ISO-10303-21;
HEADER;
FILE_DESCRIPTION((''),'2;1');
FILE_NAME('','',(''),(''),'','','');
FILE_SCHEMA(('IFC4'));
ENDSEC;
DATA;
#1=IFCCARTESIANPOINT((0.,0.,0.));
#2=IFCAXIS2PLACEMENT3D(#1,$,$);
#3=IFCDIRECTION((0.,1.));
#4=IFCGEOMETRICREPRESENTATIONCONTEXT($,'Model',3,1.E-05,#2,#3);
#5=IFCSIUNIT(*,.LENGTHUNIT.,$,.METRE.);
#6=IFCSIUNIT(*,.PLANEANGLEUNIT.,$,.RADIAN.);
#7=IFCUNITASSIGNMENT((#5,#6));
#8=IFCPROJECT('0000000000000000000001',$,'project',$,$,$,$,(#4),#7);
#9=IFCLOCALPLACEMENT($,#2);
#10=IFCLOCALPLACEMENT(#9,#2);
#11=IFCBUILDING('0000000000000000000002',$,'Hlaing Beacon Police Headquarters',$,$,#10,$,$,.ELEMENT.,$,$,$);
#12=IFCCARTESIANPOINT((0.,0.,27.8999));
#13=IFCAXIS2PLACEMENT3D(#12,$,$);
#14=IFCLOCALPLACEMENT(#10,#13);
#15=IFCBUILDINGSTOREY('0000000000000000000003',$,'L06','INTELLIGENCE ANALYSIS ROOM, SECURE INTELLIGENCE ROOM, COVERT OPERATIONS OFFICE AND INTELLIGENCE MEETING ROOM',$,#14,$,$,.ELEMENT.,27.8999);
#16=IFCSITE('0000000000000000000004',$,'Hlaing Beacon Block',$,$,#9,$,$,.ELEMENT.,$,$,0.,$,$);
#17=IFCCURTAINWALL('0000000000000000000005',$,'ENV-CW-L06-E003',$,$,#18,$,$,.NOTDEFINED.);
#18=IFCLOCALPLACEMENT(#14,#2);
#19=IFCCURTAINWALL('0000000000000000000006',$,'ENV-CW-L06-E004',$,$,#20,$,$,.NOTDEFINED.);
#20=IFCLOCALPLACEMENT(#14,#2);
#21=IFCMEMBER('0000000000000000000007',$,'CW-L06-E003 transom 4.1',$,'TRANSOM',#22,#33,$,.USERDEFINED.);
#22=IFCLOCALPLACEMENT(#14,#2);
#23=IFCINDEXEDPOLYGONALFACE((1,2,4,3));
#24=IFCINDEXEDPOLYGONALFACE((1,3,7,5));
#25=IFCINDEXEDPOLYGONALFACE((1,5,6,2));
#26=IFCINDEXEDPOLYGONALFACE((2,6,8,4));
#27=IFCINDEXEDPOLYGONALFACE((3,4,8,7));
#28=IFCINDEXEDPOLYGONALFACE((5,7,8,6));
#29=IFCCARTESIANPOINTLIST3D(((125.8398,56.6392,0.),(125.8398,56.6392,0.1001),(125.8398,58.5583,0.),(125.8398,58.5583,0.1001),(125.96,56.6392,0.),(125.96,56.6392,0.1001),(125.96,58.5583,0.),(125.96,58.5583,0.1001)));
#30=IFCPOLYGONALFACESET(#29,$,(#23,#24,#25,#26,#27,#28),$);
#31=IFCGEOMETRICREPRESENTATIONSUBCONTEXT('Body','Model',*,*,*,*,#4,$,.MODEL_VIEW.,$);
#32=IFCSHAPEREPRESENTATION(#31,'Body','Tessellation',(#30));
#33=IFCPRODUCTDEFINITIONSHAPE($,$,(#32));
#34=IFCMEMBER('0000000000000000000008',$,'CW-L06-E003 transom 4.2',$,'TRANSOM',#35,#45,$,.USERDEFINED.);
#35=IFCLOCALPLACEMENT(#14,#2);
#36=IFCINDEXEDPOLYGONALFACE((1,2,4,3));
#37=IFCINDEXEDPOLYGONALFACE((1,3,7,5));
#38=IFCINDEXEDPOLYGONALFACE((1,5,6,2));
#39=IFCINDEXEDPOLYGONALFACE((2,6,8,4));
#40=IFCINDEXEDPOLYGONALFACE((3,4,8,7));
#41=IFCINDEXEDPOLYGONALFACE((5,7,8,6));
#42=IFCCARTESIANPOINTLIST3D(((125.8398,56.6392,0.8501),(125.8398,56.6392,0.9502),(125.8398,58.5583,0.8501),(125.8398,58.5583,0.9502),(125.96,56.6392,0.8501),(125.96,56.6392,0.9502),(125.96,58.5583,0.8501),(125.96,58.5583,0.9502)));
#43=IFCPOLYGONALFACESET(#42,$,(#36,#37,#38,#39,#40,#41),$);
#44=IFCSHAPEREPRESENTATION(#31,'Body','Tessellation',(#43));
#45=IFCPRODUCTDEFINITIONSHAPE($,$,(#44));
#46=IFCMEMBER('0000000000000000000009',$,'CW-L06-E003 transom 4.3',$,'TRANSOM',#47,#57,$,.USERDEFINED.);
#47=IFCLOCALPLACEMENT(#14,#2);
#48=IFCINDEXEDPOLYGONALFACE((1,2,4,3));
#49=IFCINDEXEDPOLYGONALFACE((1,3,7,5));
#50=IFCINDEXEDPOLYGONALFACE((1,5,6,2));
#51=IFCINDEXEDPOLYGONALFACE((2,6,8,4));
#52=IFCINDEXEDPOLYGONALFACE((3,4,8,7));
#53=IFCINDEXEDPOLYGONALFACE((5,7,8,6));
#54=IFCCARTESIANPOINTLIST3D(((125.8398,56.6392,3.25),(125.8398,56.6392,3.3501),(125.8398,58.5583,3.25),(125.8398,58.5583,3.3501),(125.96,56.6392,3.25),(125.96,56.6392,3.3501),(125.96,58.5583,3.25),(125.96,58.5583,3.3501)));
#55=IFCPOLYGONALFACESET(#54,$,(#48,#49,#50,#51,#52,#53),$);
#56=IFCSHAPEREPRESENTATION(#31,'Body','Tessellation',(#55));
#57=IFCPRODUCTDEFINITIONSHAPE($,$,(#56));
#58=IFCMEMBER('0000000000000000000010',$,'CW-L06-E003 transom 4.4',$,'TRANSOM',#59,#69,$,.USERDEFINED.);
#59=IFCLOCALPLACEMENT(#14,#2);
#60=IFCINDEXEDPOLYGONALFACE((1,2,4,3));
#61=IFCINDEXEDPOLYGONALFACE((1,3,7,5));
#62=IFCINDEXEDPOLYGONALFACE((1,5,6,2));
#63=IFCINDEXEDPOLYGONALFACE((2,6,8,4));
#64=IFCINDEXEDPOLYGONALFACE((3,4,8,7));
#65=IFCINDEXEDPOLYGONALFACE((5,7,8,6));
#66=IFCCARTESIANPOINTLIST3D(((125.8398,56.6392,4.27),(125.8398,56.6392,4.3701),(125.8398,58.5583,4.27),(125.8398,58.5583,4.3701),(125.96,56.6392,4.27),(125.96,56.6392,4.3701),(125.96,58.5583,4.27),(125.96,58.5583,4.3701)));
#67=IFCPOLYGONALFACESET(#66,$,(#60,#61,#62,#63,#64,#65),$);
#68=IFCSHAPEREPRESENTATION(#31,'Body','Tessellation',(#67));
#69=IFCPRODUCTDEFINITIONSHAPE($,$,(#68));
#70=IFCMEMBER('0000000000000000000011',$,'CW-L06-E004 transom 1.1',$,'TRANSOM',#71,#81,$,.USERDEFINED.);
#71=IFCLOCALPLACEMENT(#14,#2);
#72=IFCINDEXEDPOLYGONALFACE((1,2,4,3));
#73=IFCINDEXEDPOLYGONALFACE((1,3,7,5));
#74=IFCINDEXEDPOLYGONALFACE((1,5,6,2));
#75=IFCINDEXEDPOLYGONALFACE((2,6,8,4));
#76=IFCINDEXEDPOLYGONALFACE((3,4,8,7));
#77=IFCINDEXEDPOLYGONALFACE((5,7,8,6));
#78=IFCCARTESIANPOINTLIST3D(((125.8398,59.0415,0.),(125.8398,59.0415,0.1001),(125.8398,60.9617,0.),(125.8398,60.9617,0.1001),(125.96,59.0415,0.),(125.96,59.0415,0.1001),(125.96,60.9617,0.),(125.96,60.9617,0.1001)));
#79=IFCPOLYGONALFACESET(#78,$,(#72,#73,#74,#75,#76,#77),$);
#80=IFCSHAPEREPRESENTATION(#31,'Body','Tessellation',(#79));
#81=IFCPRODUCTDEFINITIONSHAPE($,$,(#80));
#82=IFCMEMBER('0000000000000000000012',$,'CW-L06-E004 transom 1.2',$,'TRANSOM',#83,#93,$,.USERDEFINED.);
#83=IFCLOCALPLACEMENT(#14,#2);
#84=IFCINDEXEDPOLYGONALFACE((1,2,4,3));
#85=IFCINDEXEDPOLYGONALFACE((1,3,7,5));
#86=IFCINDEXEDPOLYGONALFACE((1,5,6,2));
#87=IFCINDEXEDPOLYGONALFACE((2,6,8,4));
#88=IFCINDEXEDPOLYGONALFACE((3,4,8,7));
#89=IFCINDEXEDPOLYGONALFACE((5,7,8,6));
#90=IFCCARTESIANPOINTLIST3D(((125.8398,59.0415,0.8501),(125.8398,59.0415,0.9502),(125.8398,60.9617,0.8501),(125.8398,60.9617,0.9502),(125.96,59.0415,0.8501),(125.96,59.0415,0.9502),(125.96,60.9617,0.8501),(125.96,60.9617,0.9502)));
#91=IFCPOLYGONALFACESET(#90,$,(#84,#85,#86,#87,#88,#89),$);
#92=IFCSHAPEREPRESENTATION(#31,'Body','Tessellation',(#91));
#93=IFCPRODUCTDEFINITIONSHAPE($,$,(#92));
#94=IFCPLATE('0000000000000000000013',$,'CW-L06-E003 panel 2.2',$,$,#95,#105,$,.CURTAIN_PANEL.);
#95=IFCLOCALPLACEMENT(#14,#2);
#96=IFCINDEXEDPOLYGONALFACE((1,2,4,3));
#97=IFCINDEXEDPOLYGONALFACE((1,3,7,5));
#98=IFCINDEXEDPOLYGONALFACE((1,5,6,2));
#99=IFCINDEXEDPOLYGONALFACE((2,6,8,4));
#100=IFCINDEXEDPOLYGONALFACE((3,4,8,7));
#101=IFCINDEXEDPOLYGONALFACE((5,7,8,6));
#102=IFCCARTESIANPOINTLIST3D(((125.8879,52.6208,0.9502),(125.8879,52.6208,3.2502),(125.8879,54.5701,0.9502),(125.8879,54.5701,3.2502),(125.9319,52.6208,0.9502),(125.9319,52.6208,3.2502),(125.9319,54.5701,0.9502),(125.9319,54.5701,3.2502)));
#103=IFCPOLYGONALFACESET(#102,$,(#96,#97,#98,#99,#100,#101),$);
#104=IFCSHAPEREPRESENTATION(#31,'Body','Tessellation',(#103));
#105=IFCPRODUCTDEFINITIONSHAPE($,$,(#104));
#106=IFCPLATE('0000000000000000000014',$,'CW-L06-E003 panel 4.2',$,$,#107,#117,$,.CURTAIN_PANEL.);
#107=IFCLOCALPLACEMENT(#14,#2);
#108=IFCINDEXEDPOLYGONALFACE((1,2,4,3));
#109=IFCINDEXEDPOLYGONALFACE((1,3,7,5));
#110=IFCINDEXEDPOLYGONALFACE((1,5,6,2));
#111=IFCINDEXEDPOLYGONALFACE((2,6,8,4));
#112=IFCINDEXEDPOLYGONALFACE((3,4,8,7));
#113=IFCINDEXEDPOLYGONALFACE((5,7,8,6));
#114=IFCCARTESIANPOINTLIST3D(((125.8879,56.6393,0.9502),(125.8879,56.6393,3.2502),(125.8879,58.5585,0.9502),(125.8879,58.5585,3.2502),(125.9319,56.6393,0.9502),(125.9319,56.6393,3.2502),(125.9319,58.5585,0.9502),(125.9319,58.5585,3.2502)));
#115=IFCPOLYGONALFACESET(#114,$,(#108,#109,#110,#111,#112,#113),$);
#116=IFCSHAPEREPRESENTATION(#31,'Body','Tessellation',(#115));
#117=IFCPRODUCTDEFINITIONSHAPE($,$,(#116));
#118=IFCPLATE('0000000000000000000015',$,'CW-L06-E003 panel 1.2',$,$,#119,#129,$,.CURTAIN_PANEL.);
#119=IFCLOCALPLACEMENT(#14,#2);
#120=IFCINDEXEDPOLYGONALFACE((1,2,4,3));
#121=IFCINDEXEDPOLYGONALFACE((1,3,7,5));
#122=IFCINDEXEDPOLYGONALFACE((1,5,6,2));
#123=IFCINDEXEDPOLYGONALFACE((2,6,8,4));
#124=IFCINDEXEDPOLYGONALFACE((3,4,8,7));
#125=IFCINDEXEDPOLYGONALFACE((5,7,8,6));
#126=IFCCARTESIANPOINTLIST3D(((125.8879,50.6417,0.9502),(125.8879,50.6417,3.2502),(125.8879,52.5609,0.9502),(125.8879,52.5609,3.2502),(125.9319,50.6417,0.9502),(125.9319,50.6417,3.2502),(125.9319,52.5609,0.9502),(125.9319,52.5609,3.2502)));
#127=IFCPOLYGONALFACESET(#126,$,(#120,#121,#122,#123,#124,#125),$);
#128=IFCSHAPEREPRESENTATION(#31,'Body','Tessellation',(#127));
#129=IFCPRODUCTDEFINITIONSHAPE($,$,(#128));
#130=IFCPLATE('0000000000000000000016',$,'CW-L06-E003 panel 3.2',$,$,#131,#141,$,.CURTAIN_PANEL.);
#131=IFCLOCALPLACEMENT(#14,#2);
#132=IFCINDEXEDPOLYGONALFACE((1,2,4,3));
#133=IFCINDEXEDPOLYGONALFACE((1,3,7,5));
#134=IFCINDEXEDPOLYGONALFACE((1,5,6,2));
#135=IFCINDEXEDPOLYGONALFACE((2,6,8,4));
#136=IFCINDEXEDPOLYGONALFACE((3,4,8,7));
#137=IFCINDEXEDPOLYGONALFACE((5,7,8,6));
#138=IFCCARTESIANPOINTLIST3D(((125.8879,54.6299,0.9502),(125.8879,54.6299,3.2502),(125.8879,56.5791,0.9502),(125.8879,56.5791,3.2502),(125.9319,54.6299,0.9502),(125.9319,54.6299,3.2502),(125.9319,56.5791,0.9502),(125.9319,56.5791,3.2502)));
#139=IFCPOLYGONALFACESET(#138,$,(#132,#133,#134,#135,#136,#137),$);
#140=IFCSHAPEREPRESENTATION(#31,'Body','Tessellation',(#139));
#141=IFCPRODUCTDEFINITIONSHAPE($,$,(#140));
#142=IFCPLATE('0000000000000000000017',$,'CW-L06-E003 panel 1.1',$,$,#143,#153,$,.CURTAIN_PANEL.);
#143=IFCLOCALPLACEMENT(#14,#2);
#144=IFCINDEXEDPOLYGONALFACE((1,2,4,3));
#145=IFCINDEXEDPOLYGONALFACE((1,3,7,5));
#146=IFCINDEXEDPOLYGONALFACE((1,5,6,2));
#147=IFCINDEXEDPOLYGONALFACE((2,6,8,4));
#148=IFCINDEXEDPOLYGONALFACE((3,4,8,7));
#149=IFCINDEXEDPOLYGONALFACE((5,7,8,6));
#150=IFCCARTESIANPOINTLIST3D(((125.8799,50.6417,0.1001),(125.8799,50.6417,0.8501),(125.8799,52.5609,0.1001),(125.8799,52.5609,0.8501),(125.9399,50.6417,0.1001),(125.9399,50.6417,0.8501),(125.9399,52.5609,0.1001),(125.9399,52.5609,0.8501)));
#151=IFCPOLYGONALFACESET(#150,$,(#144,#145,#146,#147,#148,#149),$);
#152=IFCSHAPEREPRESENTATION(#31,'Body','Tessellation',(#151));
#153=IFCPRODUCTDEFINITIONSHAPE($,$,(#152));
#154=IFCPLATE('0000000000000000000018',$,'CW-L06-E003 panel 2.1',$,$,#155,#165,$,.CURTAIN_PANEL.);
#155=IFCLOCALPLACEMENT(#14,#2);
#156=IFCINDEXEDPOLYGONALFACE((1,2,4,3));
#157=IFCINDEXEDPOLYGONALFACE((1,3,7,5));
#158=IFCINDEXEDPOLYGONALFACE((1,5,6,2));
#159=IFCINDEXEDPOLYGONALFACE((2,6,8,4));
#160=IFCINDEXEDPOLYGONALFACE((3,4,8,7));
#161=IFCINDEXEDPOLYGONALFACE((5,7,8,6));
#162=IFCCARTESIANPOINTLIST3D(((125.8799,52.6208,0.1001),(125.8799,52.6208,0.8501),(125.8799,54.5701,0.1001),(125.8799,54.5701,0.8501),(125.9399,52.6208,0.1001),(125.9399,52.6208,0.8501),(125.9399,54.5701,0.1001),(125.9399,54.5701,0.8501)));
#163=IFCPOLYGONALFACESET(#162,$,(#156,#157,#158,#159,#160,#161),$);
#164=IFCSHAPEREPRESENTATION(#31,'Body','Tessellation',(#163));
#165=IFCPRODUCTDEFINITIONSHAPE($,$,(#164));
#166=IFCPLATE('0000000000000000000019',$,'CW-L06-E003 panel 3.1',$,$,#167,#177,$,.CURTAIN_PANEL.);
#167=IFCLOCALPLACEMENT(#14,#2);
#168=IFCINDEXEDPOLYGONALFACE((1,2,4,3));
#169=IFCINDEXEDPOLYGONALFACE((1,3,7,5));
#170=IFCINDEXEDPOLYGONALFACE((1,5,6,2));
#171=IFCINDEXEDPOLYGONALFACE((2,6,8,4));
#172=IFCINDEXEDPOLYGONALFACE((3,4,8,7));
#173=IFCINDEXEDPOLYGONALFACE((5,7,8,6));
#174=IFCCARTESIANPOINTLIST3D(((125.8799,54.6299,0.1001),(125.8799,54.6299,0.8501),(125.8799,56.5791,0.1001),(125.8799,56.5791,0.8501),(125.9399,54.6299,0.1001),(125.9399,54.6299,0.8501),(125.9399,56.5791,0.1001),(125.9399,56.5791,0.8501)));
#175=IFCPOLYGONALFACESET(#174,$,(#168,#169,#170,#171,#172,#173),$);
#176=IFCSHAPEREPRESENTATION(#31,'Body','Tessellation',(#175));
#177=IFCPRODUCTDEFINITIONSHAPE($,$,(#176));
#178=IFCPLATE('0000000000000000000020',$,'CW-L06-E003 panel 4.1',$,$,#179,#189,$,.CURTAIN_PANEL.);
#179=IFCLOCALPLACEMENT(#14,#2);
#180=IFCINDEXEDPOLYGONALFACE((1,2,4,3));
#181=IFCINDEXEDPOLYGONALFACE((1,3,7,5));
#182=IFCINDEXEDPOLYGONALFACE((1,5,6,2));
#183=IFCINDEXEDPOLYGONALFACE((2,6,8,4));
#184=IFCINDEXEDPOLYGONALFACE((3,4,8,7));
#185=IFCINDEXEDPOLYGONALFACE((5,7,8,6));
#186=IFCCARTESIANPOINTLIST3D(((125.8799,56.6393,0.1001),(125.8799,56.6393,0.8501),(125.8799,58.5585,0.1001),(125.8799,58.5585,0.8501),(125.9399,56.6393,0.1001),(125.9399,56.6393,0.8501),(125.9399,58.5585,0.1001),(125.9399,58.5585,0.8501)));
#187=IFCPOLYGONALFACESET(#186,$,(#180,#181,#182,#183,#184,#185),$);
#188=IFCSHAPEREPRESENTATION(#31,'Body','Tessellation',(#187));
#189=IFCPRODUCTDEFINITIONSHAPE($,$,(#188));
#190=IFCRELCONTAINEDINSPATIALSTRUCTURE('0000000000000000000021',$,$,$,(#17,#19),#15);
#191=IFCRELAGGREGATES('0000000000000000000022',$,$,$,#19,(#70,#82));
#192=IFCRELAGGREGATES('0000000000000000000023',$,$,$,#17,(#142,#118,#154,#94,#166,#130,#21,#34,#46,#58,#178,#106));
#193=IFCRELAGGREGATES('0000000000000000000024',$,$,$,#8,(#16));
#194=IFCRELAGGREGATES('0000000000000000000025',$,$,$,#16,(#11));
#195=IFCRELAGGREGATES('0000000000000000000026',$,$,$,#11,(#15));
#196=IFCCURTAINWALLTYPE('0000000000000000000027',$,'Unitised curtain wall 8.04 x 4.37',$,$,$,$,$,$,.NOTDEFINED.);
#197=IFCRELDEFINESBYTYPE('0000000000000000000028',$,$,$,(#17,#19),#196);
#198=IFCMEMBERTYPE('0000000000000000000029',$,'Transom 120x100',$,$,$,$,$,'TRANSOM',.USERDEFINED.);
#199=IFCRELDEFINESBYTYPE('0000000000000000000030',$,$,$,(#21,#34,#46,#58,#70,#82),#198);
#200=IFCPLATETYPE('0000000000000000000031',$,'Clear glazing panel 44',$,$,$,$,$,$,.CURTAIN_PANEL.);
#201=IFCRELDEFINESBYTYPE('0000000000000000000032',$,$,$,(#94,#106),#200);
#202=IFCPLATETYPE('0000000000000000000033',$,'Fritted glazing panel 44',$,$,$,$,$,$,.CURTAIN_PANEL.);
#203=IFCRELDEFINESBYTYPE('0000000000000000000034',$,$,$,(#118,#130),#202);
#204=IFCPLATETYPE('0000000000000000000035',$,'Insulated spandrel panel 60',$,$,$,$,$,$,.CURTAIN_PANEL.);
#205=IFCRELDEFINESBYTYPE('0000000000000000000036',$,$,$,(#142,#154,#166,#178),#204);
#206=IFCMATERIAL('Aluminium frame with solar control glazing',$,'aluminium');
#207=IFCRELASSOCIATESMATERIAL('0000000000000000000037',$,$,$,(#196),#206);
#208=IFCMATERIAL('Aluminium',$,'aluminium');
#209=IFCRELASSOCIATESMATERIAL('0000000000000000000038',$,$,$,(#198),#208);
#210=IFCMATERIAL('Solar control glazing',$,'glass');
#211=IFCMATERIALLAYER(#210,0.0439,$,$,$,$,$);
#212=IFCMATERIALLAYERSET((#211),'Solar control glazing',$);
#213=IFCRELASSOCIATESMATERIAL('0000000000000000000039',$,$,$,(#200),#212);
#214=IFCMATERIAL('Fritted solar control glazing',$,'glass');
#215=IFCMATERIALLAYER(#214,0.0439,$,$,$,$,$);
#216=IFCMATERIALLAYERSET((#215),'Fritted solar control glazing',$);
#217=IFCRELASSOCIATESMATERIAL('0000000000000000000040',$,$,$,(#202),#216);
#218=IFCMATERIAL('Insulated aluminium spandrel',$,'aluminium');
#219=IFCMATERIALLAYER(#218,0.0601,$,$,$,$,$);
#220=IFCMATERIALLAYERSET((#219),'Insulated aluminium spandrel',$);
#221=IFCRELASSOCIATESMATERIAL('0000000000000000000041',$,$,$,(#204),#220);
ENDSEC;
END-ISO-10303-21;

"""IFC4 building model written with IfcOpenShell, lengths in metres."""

from ifc_helpers import new_model, si_unit, direction, frame, origin, origin_2d, place, context, subcontext, project, spatial, rectangle, extrude, material, layer, layer_set, material_profile, profile_set, type_object, element, aggregate, save


model = new_model("IFC4")

# Units and contexts
model_context = context("Model", 3, precision=1e-05, world=origin(), true_north=direction((0.0, 1.0)))
body_context = subcontext(model_context, "Body", "Model", "MODEL_VIEW")
ifc_project = project(units=[si_unit("LENGTHUNIT", "METRE"), si_unit("PLANEANGLEUNIT", "RADIAN")], contexts=[model_context])

# Site, building, storey
site_placement = place(None, origin())
site = spatial("IfcSite", under=ifc_project, at=site_placement, Name="Hlaing Beacon Block", CompositionType="ELEMENT", RefElevation=0.0)
building_placement = place(site_placement, origin())
building = spatial("IfcBuilding", under=site, at=building_placement, Name="Hlaing Beacon Police Headquarters", CompositionType="ELEMENT")
storey_placement = place(building_placement, frame((0.0, 0.0, 27.8999)))
storey = spatial("IfcBuildingStorey", under=building, at=storey_placement, Name="L06", Description="INTELLIGENCE ANALYSIS ROOM, SECURE INTELLIGENCE ROOM, COVERT OPERATIONS OFFICE AND INTELLIGENCE MEETING ROOM", CompositionType="ELEMENT", Elevation=27.8999)

# Curtain wall
ifc_material_1 = material(Name="Aluminium frame with solar control glazing", Category="aluminium")
curtain_wall_type = type_object("IfcCurtainWallType", Name="Unitised curtain wall 8.04 x 4.37", PredefinedType="NOTDEFINED", material=ifc_material_1)
curtain_wall_1_placement = place(storey_placement, origin())
curtain_wall_1 = element("IfcCurtainWall", 1, at=curtain_wall_1_placement, inside=storey, type_object=curtain_wall_type, Name="ENV-CW-L06-E003", PredefinedType="NOTDEFINED")

# Curtain wall
curtain_wall_2_placement = place(storey_placement, origin())
curtain_wall_2 = element("IfcCurtainWall", 2, at=curtain_wall_2_placement, inside=storey, type_object=curtain_wall_type, Name="ENV-CW-L06-E004", PredefinedType="NOTDEFINED")

# Members
ifc_material_2 = material(Name="Aluminium", Category="aluminium")
ifc_material_profile_1 = material_profile(ifc_material_2, rectangle(XDim=0.1201, YDim=0.1001, at=origin_2d()), Name="Transom 120x100")
ifc_profile_set_1 = profile_set([ifc_material_profile_1], Name="Aluminium")
member_type_1 = type_object("IfcMemberType", Name="Transom 120x100", ElementType="TRANSOM", PredefinedType="USERDEFINED", material=ifc_profile_set_1)
member_1_placement = place(storey_placement, frame((125.8999, 56.6392, 0.05), z_axis=(0.0, 1.0, 0.0), x_axis=(-1.0, 0.0, 0.0)))
member_1 = element("IfcMember", 3, at=member_1_placement, type_object=member_type_1, Name="CW-L06-E003 transom 4.1", ObjectType="TRANSOM", PredefinedType="USERDEFINED", context=body_context, shape_type="SweptSolid", body=[
    extrude(rectangle(XDim=0.1201, YDim=0.1001, at=origin_2d()), origin(), (0.0, 0.0, 1.0), 1.9192),
])
member_2_placement = place(storey_placement, frame((125.8999, 56.6392, 0.9001), z_axis=(0.0, 1.0, 0.0), x_axis=(-1.0, 0.0, 0.0)))
member_2 = element("IfcMember", 4, at=member_2_placement, type_object=member_type_1, Name="CW-L06-E003 transom 4.2", ObjectType="TRANSOM", PredefinedType="USERDEFINED", context=body_context, shape_type="SweptSolid", body=[
    extrude(rectangle(XDim=0.1201, YDim=0.1001, at=origin_2d()), origin(), (0.0, 0.0, 1.0), 1.9192),
])
member_3_placement = place(storey_placement, frame((125.8999, 56.6392, 3.3), z_axis=(0.0, 1.0, 0.0), x_axis=(-1.0, 0.0, 0.0)))
member_3 = element("IfcMember", 5, at=member_3_placement, type_object=member_type_1, Name="CW-L06-E003 transom 4.3", ObjectType="TRANSOM", PredefinedType="USERDEFINED", context=body_context, shape_type="SweptSolid", body=[
    extrude(rectangle(XDim=0.1201, YDim=0.1001, at=origin_2d()), origin(), (0.0, 0.0, 1.0), 1.9192),
])
member_4_placement = place(storey_placement, frame((125.8999, 56.6392, 4.3201), z_axis=(0.0, 1.0, 0.0), x_axis=(-1.0, 0.0, 0.0)))
member_4 = element("IfcMember", 6, at=member_4_placement, type_object=member_type_1, Name="CW-L06-E003 transom 4.4", ObjectType="TRANSOM", PredefinedType="USERDEFINED", context=body_context, shape_type="SweptSolid", body=[
    extrude(rectangle(XDim=0.1201, YDim=0.1001, at=origin_2d()), origin(), (0.0, 0.0, 1.0), 1.9192),
])
member_5_placement = place(storey_placement, frame((125.8999, 59.0415, 0.05), z_axis=(0.0, 1.0, 0.0), x_axis=(-1.0, 0.0, 0.0)))
member_5 = element("IfcMember", 7, at=member_5_placement, type_object=member_type_1, Name="CW-L06-E004 transom 1.1", ObjectType="TRANSOM", PredefinedType="USERDEFINED", context=body_context, shape_type="SweptSolid", body=[
    extrude(rectangle(XDim=0.1201, YDim=0.1001, at=origin_2d()), origin(), (0.0, 0.0, 1.0), 1.9202),
])
member_6_placement = place(storey_placement, frame((125.8999, 59.0415, 0.9001), z_axis=(0.0, 1.0, 0.0), x_axis=(-1.0, 0.0, 0.0)))
member_6 = element("IfcMember", 8, at=member_6_placement, type_object=member_type_1, Name="CW-L06-E004 transom 1.2", ObjectType="TRANSOM", PredefinedType="USERDEFINED", context=body_context, shape_type="SweptSolid", body=[
    extrude(rectangle(XDim=0.1201, YDim=0.1001, at=origin_2d()), origin(), (0.0, 0.0, 1.0), 1.9202),
])
aggregate(curtain_wall_2, [member_5, member_6])

# Plates
ifc_material_3 = material(Name="Solar control glazing", Category="glass")
ifc_layer_1 = layer(ifc_material_3, 0.0439)
ifc_layer_set_1 = layer_set([ifc_layer_1], Name="Solar control glazing")
plate_type_1 = type_object("IfcPlateType", Name="Clear glazing panel 44", PredefinedType="CURTAIN_PANEL", material=ifc_layer_set_1)
plate_1_placement = place(storey_placement, frame((125.9099, 53.5955, 0.9502), z_axis=(0.0, 0.0, 1.0), x_axis=(0.0, 1.0, 0.0)))
plate_1 = element("IfcPlate", 9, at=plate_1_placement, type_object=plate_type_1, Name="CW-L06-E003 panel 2.2", PredefinedType="CURTAIN_PANEL", context=body_context, shape_type="SweptSolid", body=[
    extrude(rectangle(XDim=1.9492, YDim=0.0439, at=origin_2d()), origin(), (0.0, 0.0, 1.0), 2.3),
])
plate_2_placement = place(storey_placement, frame((125.9099, 57.5989, 0.9502), z_axis=(0.0, 0.0, 1.0), x_axis=(0.0, 1.0, 0.0)))
plate_2 = element("IfcPlate", 10, at=plate_2_placement, type_object=plate_type_1, Name="CW-L06-E003 panel 4.2", PredefinedType="CURTAIN_PANEL", context=body_context, shape_type="SweptSolid", body=[
    extrude(rectangle(XDim=1.9192, YDim=0.0439, at=origin_2d()), origin(), (0.0, 0.0, 1.0), 2.3),
])
ifc_material_4 = material(Name="Fritted solar control glazing", Category="glass")
ifc_layer_2 = layer(ifc_material_4, 0.0439)
ifc_layer_set_2 = layer_set([ifc_layer_2], Name="Fritted solar control glazing")
plate_type_2 = type_object("IfcPlateType", Name="Fritted glazing panel 44", PredefinedType="CURTAIN_PANEL", material=ifc_layer_set_2)
plate_3_placement = place(storey_placement, frame((125.9099, 51.6013, 0.9502), z_axis=(0.0, 0.0, 1.0), x_axis=(0.0, 1.0, 0.0)))
plate_3 = element("IfcPlate", 11, at=plate_3_placement, type_object=plate_type_2, Name="CW-L06-E003 panel 1.2", PredefinedType="CURTAIN_PANEL", context=body_context, shape_type="SweptSolid", body=[
    extrude(rectangle(XDim=1.9192, YDim=0.0439, at=origin_2d()), origin(), (0.0, 0.0, 1.0), 2.3),
])
plate_4_placement = place(storey_placement, frame((125.9099, 55.6045, 0.9502), z_axis=(0.0, 0.0, 1.0), x_axis=(0.0, 1.0, 0.0)))
plate_4 = element("IfcPlate", 12, at=plate_4_placement, type_object=plate_type_2, Name="CW-L06-E003 panel 3.2", PredefinedType="CURTAIN_PANEL", context=body_context, shape_type="SweptSolid", body=[
    extrude(rectangle(XDim=1.9492, YDim=0.0439, at=origin_2d()), origin(), (0.0, 0.0, 1.0), 2.3),
])
ifc_material_5 = material(Name="Insulated aluminium spandrel", Category="aluminium")
ifc_layer_3 = layer(ifc_material_5, 0.0601)
ifc_layer_set_3 = layer_set([ifc_layer_3], Name="Insulated aluminium spandrel")
plate_type_3 = type_object("IfcPlateType", Name="Insulated spandrel panel 60", PredefinedType="CURTAIN_PANEL", material=ifc_layer_set_3)
plate_5_placement = place(storey_placement, frame((125.9099, 51.6013, 0.1001), z_axis=(0.0, 0.0, 1.0), x_axis=(0.0, 1.0, 0.0)))
plate_5 = element("IfcPlate", 13, at=plate_5_placement, type_object=plate_type_3, Name="CW-L06-E003 panel 1.1", PredefinedType="CURTAIN_PANEL", context=body_context, shape_type="SweptSolid", body=[
    extrude(rectangle(XDim=1.9192, YDim=0.0601, at=origin_2d()), origin(), (0.0, 0.0, 1.0), 0.75),
])
plate_6_placement = place(storey_placement, frame((125.9099, 53.5955, 0.1001), z_axis=(0.0, 0.0, 1.0), x_axis=(0.0, 1.0, 0.0)))
plate_6 = element("IfcPlate", 14, at=plate_6_placement, type_object=plate_type_3, Name="CW-L06-E003 panel 2.1", PredefinedType="CURTAIN_PANEL", context=body_context, shape_type="SweptSolid", body=[
    extrude(rectangle(XDim=1.9492, YDim=0.0601, at=origin_2d()), origin(), (0.0, 0.0, 1.0), 0.75),
])
plate_7_placement = place(storey_placement, frame((125.9099, 55.6045, 0.1001), z_axis=(0.0, 0.0, 1.0), x_axis=(0.0, 1.0, 0.0)))
plate_7 = element("IfcPlate", 15, at=plate_7_placement, type_object=plate_type_3, Name="CW-L06-E003 panel 3.1", PredefinedType="CURTAIN_PANEL", context=body_context, shape_type="SweptSolid", body=[
    extrude(rectangle(XDim=1.9492, YDim=0.0601, at=origin_2d()), origin(), (0.0, 0.0, 1.0), 0.75),
])
plate_8_placement = place(storey_placement, frame((125.9099, 57.5989, 0.1001), z_axis=(0.0, 0.0, 1.0), x_axis=(0.0, 1.0, 0.0)))
plate_8 = element("IfcPlate", 16, at=plate_8_placement, type_object=plate_type_3, Name="CW-L06-E003 panel 4.1", PredefinedType="CURTAIN_PANEL", context=body_context, shape_type="SweptSolid", body=[
    extrude(rectangle(XDim=1.9192, YDim=0.0601, at=origin_2d()), origin(), (0.0, 0.0, 1.0), 0.75),
])
aggregate(curtain_wall_1, [plate_5, plate_3, plate_6, plate_1, plate_7, plate_4, member_1, member_2, member_3, member_4, plate_8, plate_2])

save(model, "model.ifc")
